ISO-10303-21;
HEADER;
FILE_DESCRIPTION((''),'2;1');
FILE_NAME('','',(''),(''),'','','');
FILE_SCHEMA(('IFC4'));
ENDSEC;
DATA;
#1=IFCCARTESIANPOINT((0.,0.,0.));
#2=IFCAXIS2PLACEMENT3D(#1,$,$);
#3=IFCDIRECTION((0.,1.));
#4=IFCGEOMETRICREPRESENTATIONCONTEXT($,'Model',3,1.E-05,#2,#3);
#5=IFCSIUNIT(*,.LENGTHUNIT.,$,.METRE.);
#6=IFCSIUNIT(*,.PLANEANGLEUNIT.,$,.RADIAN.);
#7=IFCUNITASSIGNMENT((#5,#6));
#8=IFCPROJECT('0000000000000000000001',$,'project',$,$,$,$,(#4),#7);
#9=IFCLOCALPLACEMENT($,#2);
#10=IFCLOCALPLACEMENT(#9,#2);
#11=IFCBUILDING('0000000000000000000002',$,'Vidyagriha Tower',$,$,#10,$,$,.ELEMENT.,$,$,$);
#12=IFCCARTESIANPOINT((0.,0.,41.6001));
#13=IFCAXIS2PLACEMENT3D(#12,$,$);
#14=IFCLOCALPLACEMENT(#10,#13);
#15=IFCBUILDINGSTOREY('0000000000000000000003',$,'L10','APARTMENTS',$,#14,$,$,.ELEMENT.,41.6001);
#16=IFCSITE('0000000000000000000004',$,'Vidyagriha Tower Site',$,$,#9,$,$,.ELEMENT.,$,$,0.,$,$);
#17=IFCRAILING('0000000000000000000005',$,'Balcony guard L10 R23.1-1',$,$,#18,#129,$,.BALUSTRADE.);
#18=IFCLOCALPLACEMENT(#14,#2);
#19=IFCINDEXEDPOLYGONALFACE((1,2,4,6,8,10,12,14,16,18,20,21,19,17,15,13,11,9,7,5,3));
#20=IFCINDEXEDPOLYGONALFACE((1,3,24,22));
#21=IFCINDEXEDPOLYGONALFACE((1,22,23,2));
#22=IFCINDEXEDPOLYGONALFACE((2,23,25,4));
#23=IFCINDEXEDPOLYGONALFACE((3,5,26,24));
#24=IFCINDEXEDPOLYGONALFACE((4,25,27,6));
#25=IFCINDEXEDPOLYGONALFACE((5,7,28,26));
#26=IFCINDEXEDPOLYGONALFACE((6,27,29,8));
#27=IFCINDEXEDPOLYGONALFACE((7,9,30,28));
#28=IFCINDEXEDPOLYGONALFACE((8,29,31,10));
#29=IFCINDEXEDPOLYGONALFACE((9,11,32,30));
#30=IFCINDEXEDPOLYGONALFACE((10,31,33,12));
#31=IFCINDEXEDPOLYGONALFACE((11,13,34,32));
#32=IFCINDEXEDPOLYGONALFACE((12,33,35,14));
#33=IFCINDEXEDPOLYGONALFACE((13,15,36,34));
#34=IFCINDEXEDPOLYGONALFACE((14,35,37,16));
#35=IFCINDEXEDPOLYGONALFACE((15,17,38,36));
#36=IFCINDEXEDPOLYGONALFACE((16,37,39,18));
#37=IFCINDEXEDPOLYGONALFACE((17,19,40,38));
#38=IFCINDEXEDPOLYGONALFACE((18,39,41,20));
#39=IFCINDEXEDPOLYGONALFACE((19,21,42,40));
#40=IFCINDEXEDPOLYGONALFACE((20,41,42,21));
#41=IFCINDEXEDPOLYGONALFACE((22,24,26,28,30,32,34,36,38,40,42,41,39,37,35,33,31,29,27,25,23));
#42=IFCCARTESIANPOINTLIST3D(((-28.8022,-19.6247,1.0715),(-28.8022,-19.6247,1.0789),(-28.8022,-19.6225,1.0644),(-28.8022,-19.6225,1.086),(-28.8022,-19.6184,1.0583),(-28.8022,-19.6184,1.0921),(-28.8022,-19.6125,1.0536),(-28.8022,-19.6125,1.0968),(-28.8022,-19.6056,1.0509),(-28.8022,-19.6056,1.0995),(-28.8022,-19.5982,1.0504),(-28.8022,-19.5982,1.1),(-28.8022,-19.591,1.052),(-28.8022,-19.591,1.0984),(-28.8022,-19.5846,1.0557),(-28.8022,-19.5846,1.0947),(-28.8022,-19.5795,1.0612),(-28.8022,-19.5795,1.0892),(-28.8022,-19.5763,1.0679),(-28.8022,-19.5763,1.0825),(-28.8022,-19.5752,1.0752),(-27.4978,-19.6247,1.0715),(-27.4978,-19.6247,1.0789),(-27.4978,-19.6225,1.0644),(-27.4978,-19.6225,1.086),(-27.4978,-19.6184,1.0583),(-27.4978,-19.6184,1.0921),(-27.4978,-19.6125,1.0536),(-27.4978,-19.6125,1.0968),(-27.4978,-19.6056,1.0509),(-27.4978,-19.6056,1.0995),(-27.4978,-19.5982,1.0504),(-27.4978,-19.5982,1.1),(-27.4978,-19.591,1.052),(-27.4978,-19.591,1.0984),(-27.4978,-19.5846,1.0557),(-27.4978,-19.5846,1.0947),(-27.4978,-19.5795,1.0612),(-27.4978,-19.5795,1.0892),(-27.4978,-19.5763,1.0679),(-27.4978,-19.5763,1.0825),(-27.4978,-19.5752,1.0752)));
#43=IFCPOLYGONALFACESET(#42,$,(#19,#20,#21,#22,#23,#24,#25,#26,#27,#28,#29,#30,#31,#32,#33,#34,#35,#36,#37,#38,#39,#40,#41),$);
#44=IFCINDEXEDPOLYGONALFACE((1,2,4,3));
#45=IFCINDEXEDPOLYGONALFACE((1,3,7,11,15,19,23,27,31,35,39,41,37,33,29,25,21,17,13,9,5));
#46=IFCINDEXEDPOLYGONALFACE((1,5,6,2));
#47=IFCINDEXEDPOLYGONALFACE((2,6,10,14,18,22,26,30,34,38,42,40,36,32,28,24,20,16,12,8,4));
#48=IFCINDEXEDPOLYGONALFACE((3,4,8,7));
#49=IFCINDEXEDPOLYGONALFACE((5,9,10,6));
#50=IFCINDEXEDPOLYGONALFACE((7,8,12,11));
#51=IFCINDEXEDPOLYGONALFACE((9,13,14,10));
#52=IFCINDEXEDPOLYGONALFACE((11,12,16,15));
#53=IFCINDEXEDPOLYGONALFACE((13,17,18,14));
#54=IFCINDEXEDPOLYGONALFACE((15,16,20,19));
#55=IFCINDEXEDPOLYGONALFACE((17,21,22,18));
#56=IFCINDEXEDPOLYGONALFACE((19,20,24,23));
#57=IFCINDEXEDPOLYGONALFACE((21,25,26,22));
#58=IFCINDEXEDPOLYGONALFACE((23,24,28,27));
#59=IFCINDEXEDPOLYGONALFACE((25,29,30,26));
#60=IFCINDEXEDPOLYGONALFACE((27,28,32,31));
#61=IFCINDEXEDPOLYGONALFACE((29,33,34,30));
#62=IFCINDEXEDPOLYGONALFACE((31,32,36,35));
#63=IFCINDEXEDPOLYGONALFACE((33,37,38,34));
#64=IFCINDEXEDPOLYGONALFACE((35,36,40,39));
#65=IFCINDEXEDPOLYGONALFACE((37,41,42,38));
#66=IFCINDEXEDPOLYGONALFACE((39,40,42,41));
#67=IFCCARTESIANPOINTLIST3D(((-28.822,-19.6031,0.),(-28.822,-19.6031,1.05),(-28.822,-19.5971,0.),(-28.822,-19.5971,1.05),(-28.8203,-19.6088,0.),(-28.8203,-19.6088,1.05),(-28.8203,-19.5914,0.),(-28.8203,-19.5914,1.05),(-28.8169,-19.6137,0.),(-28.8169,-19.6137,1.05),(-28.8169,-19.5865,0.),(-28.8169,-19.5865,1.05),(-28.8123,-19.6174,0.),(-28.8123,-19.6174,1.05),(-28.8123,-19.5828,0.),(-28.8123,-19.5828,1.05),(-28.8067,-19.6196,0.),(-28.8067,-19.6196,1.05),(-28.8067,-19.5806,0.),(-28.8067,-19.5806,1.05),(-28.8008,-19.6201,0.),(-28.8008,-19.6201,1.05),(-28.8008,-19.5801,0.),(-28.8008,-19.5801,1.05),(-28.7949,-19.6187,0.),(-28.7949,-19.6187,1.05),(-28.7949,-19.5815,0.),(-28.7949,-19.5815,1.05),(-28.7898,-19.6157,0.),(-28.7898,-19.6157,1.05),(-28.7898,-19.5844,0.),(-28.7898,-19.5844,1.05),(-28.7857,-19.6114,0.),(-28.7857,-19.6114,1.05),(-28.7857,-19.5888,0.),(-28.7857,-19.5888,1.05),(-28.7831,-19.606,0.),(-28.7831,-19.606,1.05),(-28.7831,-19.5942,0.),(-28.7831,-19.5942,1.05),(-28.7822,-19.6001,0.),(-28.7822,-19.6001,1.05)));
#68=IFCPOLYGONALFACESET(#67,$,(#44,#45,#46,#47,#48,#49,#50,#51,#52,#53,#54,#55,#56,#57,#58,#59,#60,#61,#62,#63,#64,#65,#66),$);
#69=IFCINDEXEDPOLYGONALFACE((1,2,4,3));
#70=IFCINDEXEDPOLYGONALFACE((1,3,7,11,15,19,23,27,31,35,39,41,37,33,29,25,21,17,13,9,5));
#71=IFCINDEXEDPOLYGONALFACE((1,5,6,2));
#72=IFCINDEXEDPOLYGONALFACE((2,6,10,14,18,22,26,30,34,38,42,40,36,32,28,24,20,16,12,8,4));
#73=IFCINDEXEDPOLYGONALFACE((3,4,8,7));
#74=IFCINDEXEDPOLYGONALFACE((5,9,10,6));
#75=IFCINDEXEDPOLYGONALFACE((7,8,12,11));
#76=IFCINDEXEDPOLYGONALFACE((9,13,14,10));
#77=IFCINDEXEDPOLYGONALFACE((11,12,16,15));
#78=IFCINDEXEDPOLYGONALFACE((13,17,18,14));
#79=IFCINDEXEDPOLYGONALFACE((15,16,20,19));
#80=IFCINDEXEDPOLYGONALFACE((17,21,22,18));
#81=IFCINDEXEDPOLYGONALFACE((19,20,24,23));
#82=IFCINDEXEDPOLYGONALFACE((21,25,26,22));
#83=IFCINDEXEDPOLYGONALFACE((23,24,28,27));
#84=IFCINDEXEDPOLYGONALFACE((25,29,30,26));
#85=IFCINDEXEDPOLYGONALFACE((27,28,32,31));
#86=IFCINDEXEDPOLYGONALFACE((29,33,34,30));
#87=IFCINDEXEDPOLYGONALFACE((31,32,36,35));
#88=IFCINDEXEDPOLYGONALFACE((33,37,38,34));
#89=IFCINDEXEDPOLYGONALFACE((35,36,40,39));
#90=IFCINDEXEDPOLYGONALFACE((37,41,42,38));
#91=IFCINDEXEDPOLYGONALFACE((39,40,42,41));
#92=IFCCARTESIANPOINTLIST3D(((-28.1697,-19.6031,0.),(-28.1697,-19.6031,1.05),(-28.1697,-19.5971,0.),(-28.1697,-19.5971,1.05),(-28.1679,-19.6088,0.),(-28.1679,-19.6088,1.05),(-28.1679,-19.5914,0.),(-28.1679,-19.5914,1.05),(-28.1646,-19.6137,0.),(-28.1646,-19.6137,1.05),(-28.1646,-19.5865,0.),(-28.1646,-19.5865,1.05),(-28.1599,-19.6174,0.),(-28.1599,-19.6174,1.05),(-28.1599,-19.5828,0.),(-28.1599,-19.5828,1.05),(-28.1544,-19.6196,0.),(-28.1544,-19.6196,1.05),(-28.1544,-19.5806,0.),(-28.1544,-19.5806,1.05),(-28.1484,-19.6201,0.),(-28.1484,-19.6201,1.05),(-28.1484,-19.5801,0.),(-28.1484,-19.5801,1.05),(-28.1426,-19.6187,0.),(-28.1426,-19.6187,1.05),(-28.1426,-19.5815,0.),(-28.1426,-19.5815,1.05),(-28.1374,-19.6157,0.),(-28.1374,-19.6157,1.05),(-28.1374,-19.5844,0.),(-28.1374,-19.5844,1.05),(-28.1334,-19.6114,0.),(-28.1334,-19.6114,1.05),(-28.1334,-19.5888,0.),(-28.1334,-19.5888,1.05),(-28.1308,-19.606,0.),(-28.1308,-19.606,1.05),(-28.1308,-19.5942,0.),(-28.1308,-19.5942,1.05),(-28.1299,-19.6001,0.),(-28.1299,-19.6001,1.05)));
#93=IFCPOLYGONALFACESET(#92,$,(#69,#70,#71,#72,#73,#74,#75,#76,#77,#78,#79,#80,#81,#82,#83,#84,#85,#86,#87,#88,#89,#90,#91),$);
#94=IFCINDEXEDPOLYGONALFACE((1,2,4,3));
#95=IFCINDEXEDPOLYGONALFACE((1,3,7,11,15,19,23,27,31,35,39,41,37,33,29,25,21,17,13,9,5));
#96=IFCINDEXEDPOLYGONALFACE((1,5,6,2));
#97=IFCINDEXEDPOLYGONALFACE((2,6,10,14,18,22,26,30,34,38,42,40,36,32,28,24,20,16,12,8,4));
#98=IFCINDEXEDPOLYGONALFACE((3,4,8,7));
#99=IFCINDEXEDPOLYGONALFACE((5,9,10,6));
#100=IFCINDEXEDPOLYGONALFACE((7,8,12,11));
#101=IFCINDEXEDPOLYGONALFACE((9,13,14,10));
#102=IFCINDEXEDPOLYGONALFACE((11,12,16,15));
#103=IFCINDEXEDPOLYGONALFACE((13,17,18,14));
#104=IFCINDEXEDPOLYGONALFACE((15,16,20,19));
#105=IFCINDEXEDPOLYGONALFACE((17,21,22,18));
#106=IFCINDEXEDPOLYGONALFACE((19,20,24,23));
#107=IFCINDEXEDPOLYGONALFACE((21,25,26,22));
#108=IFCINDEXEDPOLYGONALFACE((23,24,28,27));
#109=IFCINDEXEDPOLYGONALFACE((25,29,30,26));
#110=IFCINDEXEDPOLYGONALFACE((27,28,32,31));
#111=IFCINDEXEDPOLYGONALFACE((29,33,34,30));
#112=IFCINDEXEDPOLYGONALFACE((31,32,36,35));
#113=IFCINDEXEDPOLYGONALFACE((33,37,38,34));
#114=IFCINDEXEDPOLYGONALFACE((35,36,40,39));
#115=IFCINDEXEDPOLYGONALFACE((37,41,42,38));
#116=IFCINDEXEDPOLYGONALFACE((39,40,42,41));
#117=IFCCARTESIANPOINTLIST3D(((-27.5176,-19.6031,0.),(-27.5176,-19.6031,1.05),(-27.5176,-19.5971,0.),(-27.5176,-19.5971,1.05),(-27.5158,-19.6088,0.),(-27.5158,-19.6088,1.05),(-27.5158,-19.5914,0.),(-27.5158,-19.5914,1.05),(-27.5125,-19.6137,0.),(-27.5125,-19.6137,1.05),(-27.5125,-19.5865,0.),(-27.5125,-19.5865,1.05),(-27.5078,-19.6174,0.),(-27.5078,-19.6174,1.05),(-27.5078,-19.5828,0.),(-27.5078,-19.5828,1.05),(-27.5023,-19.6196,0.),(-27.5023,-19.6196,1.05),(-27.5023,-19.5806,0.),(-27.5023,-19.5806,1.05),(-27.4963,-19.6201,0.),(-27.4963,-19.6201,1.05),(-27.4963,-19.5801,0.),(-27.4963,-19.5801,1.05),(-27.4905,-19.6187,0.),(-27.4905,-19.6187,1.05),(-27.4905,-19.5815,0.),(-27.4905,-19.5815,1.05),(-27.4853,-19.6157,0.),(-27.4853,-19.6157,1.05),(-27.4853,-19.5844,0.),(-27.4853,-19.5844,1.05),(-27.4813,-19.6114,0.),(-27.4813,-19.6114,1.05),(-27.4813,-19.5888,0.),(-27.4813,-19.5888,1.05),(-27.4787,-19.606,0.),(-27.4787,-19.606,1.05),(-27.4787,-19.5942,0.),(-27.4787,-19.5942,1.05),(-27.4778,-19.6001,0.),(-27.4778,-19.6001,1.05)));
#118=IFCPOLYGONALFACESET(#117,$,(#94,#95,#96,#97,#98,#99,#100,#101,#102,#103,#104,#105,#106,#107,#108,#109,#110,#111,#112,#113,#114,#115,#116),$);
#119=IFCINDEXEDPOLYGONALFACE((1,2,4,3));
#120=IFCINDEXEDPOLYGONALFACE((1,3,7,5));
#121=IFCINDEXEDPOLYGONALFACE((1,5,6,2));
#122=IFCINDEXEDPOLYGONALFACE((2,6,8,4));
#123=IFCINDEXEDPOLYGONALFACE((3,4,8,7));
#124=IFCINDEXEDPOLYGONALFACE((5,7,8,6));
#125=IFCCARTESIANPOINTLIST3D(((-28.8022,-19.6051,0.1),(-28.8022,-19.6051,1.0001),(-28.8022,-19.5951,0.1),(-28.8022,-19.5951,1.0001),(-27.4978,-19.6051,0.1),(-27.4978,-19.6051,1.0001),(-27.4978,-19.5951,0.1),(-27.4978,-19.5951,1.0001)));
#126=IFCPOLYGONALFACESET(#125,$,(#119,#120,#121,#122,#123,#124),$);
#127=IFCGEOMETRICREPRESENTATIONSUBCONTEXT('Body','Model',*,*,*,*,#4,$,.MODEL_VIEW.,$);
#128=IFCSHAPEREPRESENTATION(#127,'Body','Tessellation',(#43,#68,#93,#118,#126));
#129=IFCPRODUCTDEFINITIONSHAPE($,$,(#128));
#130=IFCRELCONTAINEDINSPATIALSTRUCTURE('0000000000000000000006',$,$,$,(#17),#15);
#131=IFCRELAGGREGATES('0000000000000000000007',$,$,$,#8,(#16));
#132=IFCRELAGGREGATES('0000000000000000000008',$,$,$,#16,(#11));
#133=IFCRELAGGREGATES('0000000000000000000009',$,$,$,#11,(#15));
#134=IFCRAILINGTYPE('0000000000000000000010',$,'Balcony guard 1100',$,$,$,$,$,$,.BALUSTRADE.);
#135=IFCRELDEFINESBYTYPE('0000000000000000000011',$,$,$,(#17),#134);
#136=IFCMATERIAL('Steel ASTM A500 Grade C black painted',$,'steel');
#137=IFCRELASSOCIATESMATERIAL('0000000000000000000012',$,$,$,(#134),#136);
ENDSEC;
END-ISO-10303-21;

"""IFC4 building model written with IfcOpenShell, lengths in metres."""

from ifc_helpers import new_model, si_unit, direction, frame, origin, origin_2d, place, context, subcontext, project, spatial, rectangle, circle, extrude, material, type_object, element, save


model = new_model("IFC4")

# Units and contexts
model_context = context("Model", 3, precision=1e-05, world=origin(), true_north=direction((0.0, 1.0)))
body_context = subcontext(model_context, "Body", "Model", "MODEL_VIEW")
ifc_project = project(units=[si_unit("LENGTHUNIT", "METRE"), si_unit("PLANEANGLEUNIT", "RADIAN")], contexts=[model_context])

# Site, building, storey
site_placement = place(None, origin())
site = spatial("IfcSite", under=ifc_project, at=site_placement, Name="Vidyagriha Tower Site", CompositionType="ELEMENT", RefElevation=0.0)
building_placement = place(site_placement, origin())
building = spatial("IfcBuilding", under=site, at=building_placement, Name="Vidyagriha Tower", CompositionType="ELEMENT")
storey_placement = place(building_placement, frame((0.0, 0.0, 41.6001)))
storey = spatial("IfcBuildingStorey", under=building, at=storey_placement, Name="L10", Description="APARTMENTS", CompositionType="ELEMENT", Elevation=41.6001)

# Railing
ifc_material_1 = material(Name="Steel ASTM A500 Grade C black painted", Category="steel")
railing_type_1 = type_object("IfcRailingType", Name="Balcony guard 1100", PredefinedType="BALUSTRADE", material=ifc_material_1)
railing_1_placement = place(storey_placement, frame((-28.8022, -19.6001, 0.0)))
element("IfcRailing", 1, at=railing_1_placement, inside=storey, type_object=railing_type_1, Name="Balcony guard L10 R23.1-1", PredefinedType="BALUSTRADE", context=body_context, shape_type="SweptSolid", body=[
    extrude(circle(Radius=0.0249, at=origin_2d()), frame((0.0, 0.0, 1.0752), z_axis=(1.0, 0.0, 0.0), x_axis=(0.0, 1.0, 0.0)), (0.0, 0.0, 1.0), 1.3044),
    extrude(circle(Radius=0.02, at=origin_2d()), origin(), (0.0, 0.0, 1.0), 1.05),
    extrude(circle(Radius=0.02, at=origin_2d()), frame((0.6523, 0.0, 0.0)), (0.0, 0.0, 1.0), 1.05),
    extrude(circle(Radius=0.02, at=origin_2d()), frame((1.3044, 0.0, 0.0)), (0.0, 0.0, 1.0), 1.05),
    extrude(rectangle(XDim=0.01, YDim=0.9001, at=origin_2d()), frame((0.0, 0.0, 0.55), z_axis=(1.0, 0.0, 0.0), x_axis=(0.0, 1.0, 0.0)), (0.0, 0.0, 1.0), 1.3044),
])

save(model, "model.ifc")
